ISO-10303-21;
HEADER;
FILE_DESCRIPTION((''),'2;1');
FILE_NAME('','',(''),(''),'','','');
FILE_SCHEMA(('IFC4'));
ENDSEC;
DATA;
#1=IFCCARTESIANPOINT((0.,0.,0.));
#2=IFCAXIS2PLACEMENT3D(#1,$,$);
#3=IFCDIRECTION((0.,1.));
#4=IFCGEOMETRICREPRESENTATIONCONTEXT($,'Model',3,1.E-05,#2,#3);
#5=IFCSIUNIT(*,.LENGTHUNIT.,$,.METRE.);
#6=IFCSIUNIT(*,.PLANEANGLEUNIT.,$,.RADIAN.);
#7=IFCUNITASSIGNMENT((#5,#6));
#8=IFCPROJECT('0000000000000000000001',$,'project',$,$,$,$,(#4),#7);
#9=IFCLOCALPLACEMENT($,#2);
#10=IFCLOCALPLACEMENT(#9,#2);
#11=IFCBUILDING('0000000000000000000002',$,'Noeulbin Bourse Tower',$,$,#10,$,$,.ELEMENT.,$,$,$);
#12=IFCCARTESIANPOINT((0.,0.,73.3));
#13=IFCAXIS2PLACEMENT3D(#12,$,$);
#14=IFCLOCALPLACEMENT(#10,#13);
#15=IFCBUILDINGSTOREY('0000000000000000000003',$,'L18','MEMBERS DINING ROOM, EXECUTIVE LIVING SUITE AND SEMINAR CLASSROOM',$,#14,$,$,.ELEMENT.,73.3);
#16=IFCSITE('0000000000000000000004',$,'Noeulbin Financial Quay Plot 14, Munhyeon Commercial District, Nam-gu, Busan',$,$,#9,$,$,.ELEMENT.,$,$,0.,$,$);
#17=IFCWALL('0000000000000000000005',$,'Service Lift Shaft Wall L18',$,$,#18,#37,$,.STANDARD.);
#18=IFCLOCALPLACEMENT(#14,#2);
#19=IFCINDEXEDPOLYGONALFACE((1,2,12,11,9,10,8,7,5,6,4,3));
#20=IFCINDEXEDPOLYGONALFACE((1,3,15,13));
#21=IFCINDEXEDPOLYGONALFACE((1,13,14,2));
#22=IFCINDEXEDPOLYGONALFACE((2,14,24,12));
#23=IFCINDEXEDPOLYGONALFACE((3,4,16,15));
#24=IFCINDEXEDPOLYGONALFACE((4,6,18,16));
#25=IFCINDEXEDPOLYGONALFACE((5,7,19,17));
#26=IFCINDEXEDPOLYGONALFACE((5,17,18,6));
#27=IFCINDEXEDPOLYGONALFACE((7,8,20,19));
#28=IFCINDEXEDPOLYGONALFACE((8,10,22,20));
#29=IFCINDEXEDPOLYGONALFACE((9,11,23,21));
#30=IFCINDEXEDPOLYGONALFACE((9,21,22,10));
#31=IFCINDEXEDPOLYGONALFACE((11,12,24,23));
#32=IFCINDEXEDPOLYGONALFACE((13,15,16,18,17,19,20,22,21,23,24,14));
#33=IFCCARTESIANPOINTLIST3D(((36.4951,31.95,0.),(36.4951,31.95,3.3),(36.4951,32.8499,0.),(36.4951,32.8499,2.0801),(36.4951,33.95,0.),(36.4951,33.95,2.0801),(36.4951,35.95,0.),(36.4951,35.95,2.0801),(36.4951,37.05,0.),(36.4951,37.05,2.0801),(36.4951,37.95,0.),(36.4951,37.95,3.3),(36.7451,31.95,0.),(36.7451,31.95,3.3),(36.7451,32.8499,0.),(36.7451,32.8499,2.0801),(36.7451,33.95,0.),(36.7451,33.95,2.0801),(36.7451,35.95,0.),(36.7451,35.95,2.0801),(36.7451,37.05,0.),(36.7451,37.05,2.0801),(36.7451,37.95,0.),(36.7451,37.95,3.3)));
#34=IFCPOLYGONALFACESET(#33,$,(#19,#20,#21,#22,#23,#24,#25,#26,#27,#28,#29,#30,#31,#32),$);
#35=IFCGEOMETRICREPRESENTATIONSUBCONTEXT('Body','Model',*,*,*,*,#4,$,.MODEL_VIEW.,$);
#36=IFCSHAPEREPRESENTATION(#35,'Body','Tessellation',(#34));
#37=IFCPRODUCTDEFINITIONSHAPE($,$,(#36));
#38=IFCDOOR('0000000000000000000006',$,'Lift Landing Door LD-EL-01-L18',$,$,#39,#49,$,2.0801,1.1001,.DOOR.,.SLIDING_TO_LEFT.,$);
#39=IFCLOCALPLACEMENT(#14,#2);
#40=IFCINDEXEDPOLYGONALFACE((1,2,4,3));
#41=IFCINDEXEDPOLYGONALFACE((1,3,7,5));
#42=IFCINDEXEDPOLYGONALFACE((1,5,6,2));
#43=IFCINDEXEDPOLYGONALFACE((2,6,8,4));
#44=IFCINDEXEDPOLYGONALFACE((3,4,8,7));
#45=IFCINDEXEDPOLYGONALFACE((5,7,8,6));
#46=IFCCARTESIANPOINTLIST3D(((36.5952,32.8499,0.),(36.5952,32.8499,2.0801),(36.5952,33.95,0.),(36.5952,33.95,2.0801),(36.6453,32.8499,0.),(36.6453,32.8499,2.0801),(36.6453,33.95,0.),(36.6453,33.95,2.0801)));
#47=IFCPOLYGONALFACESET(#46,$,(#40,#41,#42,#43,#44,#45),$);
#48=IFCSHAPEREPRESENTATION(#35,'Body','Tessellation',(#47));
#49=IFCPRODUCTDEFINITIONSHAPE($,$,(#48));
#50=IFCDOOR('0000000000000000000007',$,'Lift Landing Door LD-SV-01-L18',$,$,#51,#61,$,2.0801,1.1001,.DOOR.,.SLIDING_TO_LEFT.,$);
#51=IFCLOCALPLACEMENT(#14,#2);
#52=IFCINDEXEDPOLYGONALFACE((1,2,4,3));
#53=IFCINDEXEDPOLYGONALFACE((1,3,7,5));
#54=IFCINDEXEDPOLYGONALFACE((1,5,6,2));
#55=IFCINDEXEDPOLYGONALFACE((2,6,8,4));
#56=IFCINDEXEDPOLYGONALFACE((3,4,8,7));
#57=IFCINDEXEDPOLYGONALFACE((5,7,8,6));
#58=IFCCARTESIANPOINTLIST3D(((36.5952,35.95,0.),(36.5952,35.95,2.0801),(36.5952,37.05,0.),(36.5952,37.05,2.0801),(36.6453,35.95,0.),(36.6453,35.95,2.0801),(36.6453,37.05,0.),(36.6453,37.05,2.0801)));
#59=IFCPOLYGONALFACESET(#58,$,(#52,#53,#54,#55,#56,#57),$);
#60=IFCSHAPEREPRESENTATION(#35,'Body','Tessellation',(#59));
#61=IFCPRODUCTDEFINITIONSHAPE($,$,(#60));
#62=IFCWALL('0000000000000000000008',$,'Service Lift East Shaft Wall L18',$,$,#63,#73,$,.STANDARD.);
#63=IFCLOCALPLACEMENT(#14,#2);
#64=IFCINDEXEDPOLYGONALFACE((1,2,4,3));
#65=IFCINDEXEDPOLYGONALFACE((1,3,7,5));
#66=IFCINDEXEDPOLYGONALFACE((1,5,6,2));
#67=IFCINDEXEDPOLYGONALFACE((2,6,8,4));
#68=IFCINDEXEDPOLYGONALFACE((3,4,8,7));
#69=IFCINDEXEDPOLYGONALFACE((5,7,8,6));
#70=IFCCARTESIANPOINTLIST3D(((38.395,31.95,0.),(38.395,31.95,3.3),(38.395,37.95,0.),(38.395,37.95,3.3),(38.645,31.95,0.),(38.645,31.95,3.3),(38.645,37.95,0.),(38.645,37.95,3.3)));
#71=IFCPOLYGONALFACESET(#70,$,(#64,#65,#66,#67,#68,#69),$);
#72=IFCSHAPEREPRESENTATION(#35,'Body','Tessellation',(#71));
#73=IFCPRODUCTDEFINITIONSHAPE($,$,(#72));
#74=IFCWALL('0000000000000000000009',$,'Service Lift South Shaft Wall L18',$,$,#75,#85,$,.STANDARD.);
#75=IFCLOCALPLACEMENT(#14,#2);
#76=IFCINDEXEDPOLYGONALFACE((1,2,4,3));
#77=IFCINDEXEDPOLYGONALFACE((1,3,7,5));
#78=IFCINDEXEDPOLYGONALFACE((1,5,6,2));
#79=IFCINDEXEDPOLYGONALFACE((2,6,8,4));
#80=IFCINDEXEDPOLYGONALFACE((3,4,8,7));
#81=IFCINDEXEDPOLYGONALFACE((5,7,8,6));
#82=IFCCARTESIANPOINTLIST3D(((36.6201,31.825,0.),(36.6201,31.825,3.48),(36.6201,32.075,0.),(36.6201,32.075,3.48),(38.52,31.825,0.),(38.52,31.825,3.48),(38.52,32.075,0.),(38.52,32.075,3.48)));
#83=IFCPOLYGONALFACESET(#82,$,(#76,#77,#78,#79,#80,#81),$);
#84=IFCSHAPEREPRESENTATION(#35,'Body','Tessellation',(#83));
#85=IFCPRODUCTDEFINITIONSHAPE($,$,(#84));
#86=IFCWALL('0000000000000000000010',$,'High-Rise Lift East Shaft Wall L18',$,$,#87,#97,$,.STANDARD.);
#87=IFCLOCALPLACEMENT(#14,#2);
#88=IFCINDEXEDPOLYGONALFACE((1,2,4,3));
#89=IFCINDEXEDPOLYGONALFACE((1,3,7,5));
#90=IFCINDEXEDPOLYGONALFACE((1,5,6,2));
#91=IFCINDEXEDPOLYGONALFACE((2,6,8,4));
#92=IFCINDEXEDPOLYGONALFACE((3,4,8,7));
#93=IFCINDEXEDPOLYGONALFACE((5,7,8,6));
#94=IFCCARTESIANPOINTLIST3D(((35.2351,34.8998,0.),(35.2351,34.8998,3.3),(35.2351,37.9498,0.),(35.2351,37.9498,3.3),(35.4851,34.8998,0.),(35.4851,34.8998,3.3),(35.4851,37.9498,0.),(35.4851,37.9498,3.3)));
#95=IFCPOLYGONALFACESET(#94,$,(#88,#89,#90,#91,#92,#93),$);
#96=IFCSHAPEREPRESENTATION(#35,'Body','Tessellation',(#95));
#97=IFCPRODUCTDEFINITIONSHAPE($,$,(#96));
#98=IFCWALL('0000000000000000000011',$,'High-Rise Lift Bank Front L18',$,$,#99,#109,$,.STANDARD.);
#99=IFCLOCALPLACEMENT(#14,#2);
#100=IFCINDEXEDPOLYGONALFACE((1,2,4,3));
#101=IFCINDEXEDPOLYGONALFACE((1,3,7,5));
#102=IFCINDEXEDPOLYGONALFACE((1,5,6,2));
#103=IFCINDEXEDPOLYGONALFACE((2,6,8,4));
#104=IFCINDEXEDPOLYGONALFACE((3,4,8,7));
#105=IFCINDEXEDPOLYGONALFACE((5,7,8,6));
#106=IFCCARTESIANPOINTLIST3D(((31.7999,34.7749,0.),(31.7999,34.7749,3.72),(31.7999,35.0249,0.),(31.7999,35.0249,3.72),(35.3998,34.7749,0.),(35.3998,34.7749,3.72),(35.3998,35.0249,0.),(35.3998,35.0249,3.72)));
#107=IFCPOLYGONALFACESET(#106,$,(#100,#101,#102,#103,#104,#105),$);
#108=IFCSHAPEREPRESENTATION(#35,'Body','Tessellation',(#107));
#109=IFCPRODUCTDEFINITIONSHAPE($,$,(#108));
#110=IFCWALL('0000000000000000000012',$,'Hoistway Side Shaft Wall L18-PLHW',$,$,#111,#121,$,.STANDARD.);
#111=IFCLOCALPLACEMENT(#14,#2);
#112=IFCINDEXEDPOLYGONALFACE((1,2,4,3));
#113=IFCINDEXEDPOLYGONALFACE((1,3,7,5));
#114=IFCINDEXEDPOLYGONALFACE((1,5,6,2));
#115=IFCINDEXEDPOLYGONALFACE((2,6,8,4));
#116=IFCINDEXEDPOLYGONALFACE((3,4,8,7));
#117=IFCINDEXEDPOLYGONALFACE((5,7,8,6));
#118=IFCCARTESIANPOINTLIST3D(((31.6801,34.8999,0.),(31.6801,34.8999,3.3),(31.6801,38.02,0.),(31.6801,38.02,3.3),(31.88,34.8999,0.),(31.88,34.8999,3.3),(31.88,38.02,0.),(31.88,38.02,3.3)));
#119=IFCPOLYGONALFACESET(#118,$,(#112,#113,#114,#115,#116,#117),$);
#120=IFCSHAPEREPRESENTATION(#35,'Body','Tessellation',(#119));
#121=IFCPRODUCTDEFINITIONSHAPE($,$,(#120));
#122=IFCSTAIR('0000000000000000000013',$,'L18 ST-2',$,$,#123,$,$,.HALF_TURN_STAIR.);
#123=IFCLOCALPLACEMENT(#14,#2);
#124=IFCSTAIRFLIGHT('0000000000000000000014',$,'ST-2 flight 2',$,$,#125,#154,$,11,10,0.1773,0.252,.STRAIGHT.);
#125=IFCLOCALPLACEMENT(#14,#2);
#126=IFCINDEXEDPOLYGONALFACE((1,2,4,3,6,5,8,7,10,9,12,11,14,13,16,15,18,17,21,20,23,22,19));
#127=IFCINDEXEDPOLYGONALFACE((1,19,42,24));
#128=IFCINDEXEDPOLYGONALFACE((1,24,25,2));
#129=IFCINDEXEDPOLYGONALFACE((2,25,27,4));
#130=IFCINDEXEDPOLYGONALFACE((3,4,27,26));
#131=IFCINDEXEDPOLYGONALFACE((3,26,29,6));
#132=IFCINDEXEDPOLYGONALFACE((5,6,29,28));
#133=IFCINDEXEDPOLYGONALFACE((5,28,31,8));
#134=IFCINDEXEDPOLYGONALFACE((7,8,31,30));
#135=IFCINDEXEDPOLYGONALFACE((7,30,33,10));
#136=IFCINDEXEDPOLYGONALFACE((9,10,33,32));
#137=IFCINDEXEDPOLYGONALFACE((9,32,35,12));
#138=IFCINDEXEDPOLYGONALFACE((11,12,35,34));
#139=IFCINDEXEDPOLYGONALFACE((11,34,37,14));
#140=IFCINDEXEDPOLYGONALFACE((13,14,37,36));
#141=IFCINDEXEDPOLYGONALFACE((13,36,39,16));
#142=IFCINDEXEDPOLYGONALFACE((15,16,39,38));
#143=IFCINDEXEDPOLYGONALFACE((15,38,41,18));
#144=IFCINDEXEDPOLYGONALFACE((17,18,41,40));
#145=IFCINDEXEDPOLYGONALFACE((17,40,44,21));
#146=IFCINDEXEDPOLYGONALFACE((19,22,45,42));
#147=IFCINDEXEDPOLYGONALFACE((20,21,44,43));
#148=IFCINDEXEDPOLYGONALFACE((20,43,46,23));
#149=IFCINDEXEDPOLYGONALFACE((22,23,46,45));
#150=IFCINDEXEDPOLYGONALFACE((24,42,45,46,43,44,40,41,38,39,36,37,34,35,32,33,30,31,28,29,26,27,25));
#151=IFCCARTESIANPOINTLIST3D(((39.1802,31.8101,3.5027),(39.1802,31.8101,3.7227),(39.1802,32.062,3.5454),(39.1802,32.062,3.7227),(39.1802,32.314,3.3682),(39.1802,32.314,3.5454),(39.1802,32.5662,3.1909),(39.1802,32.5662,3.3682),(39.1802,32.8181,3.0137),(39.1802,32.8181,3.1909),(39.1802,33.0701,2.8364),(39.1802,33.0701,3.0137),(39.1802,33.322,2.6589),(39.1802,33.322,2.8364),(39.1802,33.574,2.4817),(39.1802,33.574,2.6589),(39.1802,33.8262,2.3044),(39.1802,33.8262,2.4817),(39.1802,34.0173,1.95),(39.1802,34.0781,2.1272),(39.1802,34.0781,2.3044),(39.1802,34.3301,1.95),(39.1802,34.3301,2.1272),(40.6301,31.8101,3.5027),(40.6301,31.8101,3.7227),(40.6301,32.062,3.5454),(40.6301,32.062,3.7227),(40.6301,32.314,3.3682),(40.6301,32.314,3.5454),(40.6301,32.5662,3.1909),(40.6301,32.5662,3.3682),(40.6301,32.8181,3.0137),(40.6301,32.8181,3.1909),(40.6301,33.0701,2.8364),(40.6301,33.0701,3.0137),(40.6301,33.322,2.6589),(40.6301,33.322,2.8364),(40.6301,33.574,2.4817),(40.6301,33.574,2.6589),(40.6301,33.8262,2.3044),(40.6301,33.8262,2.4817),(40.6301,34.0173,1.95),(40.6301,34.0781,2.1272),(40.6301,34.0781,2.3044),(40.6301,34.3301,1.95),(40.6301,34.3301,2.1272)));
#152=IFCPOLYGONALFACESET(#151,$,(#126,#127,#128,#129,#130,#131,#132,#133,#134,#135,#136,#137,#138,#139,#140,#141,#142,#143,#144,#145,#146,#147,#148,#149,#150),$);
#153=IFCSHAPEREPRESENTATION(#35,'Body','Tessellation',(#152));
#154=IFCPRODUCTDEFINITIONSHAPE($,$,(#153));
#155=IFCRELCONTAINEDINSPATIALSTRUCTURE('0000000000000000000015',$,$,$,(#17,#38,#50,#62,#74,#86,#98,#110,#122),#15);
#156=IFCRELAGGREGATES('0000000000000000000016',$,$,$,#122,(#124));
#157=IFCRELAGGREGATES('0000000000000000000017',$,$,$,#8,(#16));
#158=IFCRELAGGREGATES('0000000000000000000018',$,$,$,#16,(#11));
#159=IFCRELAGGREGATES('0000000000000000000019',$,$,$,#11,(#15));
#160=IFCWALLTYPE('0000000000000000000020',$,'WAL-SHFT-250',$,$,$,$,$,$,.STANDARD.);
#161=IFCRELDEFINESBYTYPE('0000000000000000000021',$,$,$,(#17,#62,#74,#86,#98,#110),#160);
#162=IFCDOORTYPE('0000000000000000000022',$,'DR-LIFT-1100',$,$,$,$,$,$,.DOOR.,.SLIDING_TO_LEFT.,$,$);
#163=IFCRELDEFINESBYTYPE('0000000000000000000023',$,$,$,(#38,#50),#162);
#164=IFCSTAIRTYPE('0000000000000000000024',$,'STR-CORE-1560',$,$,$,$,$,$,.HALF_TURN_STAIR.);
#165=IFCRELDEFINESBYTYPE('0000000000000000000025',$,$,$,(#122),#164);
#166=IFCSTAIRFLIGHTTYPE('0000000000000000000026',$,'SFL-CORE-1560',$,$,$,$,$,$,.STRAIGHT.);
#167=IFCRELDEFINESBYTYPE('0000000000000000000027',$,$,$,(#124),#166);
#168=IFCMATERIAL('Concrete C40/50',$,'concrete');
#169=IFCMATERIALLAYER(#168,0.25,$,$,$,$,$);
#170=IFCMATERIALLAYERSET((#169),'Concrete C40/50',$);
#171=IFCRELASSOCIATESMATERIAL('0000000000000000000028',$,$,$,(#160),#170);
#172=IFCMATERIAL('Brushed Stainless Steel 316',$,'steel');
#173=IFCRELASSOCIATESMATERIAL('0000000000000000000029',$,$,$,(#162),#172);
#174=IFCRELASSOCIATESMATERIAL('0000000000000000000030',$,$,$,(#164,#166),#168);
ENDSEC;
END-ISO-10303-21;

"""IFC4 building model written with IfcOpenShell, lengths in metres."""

from ifc_helpers import new_model, si_unit, direction, frame, frame_2d, origin, place, context, subcontext, project, spatial, polyline, rectangle, outline, extrude, material, layer, layer_set, type_object, element, fill, aggregate, save


model = new_model("IFC4")

# Units and contexts
model_context = context("Model", 3, precision=1e-05, world=origin(), true_north=direction((0.0, 1.0)))
body_context = subcontext(model_context, "Body", "Model", "MODEL_VIEW")
ifc_project = project(units=[si_unit("LENGTHUNIT", "METRE"), si_unit("PLANEANGLEUNIT", "RADIAN")], contexts=[model_context])

# Site, building, storey
site_placement = place(None, origin())
site = spatial("IfcSite", under=ifc_project, at=site_placement, Name="Noeulbin Financial Quay Plot 14, Munhyeon Commercial District, Nam-gu, Busan", CompositionType="ELEMENT", RefElevation=0.0)
building_placement = place(site_placement, origin())
building = spatial("IfcBuilding", under=site, at=building_placement, Name="Noeulbin Bourse Tower", CompositionType="ELEMENT")
storey_placement = place(building_placement, frame((0.0, 0.0, 73.3)))
storey = spatial("IfcBuildingStorey", under=building, at=storey_placement, Name="L18", Description="MEMBERS DINING ROOM, EXECUTIVE LIVING SUITE AND SEMINAR CLASSROOM", CompositionType="ELEMENT", Elevation=73.3)

# Shared definitions
ifc_material_1 = material(Name="Concrete C40/50", Category="concrete")

# Shared definitions
ifc_layer_1 = layer(ifc_material_1, 0.25)
ifc_layer_set_1 = layer_set([ifc_layer_1], Name="Concrete C40/50")
wall_type_1 = type_object("IfcWallType", Name="WAL-SHFT-250", PredefinedType="STANDARD", material=ifc_layer_set_1)

# Wall, openings, doors
wall_1_placement = place(storey_placement, frame((36.6201, 31.95, 0.0), z_axis=(0.0, 0.0, 1.0), x_axis=(0.0, 1.0, 0.0)))
wall_1 = element("IfcWall", 1, at=wall_1_placement, inside=storey, type_object=wall_type_1, Name="Service Lift Shaft Wall L18", PredefinedType="STANDARD", context=body_context, shape_type="SweptSolid", body=[
    extrude(rectangle(XDim=6.0, YDim=0.25, at=frame_2d((3.0, 0.0))), origin(), (0.0, 0.0, 1.0), 3.3),
])
opening_1_placement = place(wall_1_placement, frame((0.8999, 0.0, 0.0)))
opening_1 = element("IfcOpeningElement", 2, at=opening_1_placement, cuts=wall_1, PredefinedType="OPENING", context=body_context, shape_type="SweptSolid", body=[
    extrude(rectangle(XDim=1.1001, YDim=2.0801, at=frame_2d((0.55, 1.04))), frame((0.0, 0.135, 0.0), z_axis=(0.0, -1.0, 0.0), x_axis=(1.0, 0.0, 0.0)), (0.0, 0.0, 1.0), 0.27),
])
opening_2_placement = place(wall_1_placement, frame((4.0, 0.0, 0.0)))
opening_2 = element("IfcOpeningElement", 3, at=opening_2_placement, cuts=wall_1, PredefinedType="OPENING", context=body_context, shape_type="SweptSolid", body=[
    extrude(rectangle(XDim=1.1001, YDim=2.0801, at=frame_2d((0.55, 1.04))), frame((0.0, 0.135, 0.0), z_axis=(0.0, -1.0, 0.0), x_axis=(1.0, 0.0, 0.0)), (0.0, 0.0, 1.0), 0.27),
])
ifc_material_2 = material(Name="Brushed Stainless Steel 316", Category="steel")
door_type_1 = type_object("IfcDoorType", Name="DR-LIFT-1100", OperationType="SLIDING_TO_LEFT", PredefinedType="DOOR", material=ifc_material_2)
door_1_placement = place(opening_1_placement, origin())
door_1 = element("IfcDoor", 4, at=door_1_placement, inside=storey, type_object=door_type_1, Name="Lift Landing Door LD-EL-01-L18", OperationType="SLIDING_TO_LEFT", OverallHeight=2.0801, OverallWidth=1.1001, PredefinedType="DOOR", context=body_context, shape_type="SweptSolid", body=[
    extrude(rectangle(XDim=1.1001, YDim=2.0801, at=frame_2d((0.55, 1.04))), frame((0.0, 0.0249, 0.0), z_axis=(0.0, -1.0, 0.0), x_axis=(1.0, 0.0, 0.0)), (0.0, 0.0, 1.0), 0.05),
])
fill(opening_1, door_1)
door_2_placement = place(opening_2_placement, origin())
door_2 = element("IfcDoor", 5, at=door_2_placement, inside=storey, type_object=door_type_1, Name="Lift Landing Door LD-SV-01-L18", OperationType="SLIDING_TO_LEFT", OverallHeight=2.0801, OverallWidth=1.1001, PredefinedType="DOOR", context=body_context, shape_type="SweptSolid", body=[
    extrude(rectangle(XDim=1.1001, YDim=2.0801, at=frame_2d((0.55, 1.04))), frame((0.0, 0.0249, 0.0), z_axis=(0.0, -1.0, 0.0), x_axis=(1.0, 0.0, 0.0)), (0.0, 0.0, 1.0), 0.05),
])
fill(opening_2, door_2)

# Walls
wall_2_placement = place(storey_placement, frame((38.52, 31.95, 0.0), z_axis=(0.0, 0.0, 1.0), x_axis=(0.0, 1.0, 0.0)))
element("IfcWall", 6, at=wall_2_placement, inside=storey, type_object=wall_type_1, Name="Service Lift East Shaft Wall L18", PredefinedType="STANDARD", context=body_context, shape_type="SweptSolid", body=[
    extrude(rectangle(XDim=6.0, YDim=0.25, at=frame_2d((3.0, 0.0))), origin(), (0.0, 0.0, 1.0), 3.3),
])
wall_3_placement = place(storey_placement, frame((36.6201, 31.95, 0.0), z_axis=(0.0, 0.0, 1.0), x_axis=(1.0, 0.0, 0.0)))
element("IfcWall", 7, at=wall_3_placement, inside=storey, type_object=wall_type_1, Name="Service Lift South Shaft Wall L18", PredefinedType="STANDARD", context=body_context, shape_type="SweptSolid", body=[
    extrude(rectangle(XDim=1.8999, YDim=0.25, at=frame_2d((0.95, 0.0))), origin(), (0.0, 0.0, 1.0), 3.48),
])
wall_4_placement = place(storey_placement, frame((35.3601, 34.8999, 0.0), z_axis=(0.0, 0.0, 1.0), x_axis=(0.0, 1.0, 0.0)))
element("IfcWall", 8, at=wall_4_placement, inside=storey, type_object=wall_type_1, Name="High-Rise Lift East Shaft Wall L18", PredefinedType="STANDARD", context=body_context, shape_type="SweptSolid", body=[
    extrude(rectangle(XDim=3.05, YDim=0.25, at=frame_2d((1.5249, 0.0))), origin(), (0.0, 0.0, 1.0), 3.3),
])
wall_5_placement = place(storey_placement, frame((31.8, 34.8999, 0.0), z_axis=(0.0, 0.0, 1.0), x_axis=(1.0, 0.0, 0.0)))
element("IfcWall", 9, at=wall_5_placement, inside=storey, type_object=wall_type_1, Name="High-Rise Lift Bank Front L18", PredefinedType="STANDARD", context=body_context, shape_type="SweptSolid", body=[
    extrude(rectangle(XDim=3.5999, YDim=0.25, at=frame_2d((1.7998, 0.0))), origin(), (0.0, 0.0, 1.0), 3.72),
])
wall_6_placement = place(storey_placement, frame((31.78, 34.8999, 0.0), z_axis=(0.0, 0.0, 1.0), x_axis=(0.0, 1.0, 0.0)))
element("IfcWall", 10, at=wall_6_placement, inside=storey, type_object=wall_type_1, Name="Hoistway Side Shaft Wall L18-PLHW", PredefinedType="STANDARD", context=body_context, shape_type="SweptSolid", body=[
    extrude(rectangle(XDim=3.1201, YDim=0.2, at=frame_2d((1.5601, 0.0))), origin(), (0.0, 0.0, 1.0), 3.3),
])

# Stair, stair flight
stair_type = type_object("IfcStairType", Name="STR-CORE-1560", PredefinedType="HALF_TURN_STAIR", material=ifc_material_1)
stair_placement = place(storey_placement, origin())
stair = element("IfcStair", 11, at=stair_placement, inside=storey, type_object=stair_type, Name="L18 ST-2", PredefinedType="HALF_TURN_STAIR")
stair_flight_type = type_object("IfcStairFlightType", Name="SFL-CORE-1560", PredefinedType="STRAIGHT", material=ifc_material_1)
stair_flight_placement = place(storey_placement, frame((39.905, 34.3301, 1.95), z_axis=(0.0, 0.0, 1.0), x_axis=(0.0, -1.0, 0.0)))
stair_flight = element("IfcStairFlight", 12, at=stair_flight_placement, type_object=stair_flight_type, Name="ST-2 flight 2", NumberOfRisers=11, NumberOfTreads=10, PredefinedType="STRAIGHT", RiserHeight=0.1773, TreadLength=0.252, context=body_context, shape_type="SweptSolid", body=[
    extrude(outline(polyline([(0.0, 0.0), (0.0, 0.1772), (0.252, 0.1772), (0.252, 0.3545), (0.5039, 0.3545), (0.5039, 0.5317), (0.7561, 0.5317), (0.7561, 0.709), (1.0081, 0.709), (1.0081, 0.8865), (1.26, 0.8865), (1.26, 1.0637), (1.512, 1.0637), (1.512, 1.241), (1.7639, 1.241), (1.7639, 1.4182), (2.0161, 1.4182), (2.0161, 1.5955), (2.2681, 1.5955), (2.2681, 1.7727), (2.52, 1.7727), (2.52, 1.95), (2.52, 1.5527), (0.3127, 0.0), (0.0, 0.0)])), frame((0.0, 0.7251, 0.0), z_axis=(0.0, -1.0, 0.0), x_axis=(1.0, 0.0, 0.0)), (0.0, 0.0, 1.0), 1.45),
])
aggregate(stair, [stair_flight])

save(model, "model.ifc")
